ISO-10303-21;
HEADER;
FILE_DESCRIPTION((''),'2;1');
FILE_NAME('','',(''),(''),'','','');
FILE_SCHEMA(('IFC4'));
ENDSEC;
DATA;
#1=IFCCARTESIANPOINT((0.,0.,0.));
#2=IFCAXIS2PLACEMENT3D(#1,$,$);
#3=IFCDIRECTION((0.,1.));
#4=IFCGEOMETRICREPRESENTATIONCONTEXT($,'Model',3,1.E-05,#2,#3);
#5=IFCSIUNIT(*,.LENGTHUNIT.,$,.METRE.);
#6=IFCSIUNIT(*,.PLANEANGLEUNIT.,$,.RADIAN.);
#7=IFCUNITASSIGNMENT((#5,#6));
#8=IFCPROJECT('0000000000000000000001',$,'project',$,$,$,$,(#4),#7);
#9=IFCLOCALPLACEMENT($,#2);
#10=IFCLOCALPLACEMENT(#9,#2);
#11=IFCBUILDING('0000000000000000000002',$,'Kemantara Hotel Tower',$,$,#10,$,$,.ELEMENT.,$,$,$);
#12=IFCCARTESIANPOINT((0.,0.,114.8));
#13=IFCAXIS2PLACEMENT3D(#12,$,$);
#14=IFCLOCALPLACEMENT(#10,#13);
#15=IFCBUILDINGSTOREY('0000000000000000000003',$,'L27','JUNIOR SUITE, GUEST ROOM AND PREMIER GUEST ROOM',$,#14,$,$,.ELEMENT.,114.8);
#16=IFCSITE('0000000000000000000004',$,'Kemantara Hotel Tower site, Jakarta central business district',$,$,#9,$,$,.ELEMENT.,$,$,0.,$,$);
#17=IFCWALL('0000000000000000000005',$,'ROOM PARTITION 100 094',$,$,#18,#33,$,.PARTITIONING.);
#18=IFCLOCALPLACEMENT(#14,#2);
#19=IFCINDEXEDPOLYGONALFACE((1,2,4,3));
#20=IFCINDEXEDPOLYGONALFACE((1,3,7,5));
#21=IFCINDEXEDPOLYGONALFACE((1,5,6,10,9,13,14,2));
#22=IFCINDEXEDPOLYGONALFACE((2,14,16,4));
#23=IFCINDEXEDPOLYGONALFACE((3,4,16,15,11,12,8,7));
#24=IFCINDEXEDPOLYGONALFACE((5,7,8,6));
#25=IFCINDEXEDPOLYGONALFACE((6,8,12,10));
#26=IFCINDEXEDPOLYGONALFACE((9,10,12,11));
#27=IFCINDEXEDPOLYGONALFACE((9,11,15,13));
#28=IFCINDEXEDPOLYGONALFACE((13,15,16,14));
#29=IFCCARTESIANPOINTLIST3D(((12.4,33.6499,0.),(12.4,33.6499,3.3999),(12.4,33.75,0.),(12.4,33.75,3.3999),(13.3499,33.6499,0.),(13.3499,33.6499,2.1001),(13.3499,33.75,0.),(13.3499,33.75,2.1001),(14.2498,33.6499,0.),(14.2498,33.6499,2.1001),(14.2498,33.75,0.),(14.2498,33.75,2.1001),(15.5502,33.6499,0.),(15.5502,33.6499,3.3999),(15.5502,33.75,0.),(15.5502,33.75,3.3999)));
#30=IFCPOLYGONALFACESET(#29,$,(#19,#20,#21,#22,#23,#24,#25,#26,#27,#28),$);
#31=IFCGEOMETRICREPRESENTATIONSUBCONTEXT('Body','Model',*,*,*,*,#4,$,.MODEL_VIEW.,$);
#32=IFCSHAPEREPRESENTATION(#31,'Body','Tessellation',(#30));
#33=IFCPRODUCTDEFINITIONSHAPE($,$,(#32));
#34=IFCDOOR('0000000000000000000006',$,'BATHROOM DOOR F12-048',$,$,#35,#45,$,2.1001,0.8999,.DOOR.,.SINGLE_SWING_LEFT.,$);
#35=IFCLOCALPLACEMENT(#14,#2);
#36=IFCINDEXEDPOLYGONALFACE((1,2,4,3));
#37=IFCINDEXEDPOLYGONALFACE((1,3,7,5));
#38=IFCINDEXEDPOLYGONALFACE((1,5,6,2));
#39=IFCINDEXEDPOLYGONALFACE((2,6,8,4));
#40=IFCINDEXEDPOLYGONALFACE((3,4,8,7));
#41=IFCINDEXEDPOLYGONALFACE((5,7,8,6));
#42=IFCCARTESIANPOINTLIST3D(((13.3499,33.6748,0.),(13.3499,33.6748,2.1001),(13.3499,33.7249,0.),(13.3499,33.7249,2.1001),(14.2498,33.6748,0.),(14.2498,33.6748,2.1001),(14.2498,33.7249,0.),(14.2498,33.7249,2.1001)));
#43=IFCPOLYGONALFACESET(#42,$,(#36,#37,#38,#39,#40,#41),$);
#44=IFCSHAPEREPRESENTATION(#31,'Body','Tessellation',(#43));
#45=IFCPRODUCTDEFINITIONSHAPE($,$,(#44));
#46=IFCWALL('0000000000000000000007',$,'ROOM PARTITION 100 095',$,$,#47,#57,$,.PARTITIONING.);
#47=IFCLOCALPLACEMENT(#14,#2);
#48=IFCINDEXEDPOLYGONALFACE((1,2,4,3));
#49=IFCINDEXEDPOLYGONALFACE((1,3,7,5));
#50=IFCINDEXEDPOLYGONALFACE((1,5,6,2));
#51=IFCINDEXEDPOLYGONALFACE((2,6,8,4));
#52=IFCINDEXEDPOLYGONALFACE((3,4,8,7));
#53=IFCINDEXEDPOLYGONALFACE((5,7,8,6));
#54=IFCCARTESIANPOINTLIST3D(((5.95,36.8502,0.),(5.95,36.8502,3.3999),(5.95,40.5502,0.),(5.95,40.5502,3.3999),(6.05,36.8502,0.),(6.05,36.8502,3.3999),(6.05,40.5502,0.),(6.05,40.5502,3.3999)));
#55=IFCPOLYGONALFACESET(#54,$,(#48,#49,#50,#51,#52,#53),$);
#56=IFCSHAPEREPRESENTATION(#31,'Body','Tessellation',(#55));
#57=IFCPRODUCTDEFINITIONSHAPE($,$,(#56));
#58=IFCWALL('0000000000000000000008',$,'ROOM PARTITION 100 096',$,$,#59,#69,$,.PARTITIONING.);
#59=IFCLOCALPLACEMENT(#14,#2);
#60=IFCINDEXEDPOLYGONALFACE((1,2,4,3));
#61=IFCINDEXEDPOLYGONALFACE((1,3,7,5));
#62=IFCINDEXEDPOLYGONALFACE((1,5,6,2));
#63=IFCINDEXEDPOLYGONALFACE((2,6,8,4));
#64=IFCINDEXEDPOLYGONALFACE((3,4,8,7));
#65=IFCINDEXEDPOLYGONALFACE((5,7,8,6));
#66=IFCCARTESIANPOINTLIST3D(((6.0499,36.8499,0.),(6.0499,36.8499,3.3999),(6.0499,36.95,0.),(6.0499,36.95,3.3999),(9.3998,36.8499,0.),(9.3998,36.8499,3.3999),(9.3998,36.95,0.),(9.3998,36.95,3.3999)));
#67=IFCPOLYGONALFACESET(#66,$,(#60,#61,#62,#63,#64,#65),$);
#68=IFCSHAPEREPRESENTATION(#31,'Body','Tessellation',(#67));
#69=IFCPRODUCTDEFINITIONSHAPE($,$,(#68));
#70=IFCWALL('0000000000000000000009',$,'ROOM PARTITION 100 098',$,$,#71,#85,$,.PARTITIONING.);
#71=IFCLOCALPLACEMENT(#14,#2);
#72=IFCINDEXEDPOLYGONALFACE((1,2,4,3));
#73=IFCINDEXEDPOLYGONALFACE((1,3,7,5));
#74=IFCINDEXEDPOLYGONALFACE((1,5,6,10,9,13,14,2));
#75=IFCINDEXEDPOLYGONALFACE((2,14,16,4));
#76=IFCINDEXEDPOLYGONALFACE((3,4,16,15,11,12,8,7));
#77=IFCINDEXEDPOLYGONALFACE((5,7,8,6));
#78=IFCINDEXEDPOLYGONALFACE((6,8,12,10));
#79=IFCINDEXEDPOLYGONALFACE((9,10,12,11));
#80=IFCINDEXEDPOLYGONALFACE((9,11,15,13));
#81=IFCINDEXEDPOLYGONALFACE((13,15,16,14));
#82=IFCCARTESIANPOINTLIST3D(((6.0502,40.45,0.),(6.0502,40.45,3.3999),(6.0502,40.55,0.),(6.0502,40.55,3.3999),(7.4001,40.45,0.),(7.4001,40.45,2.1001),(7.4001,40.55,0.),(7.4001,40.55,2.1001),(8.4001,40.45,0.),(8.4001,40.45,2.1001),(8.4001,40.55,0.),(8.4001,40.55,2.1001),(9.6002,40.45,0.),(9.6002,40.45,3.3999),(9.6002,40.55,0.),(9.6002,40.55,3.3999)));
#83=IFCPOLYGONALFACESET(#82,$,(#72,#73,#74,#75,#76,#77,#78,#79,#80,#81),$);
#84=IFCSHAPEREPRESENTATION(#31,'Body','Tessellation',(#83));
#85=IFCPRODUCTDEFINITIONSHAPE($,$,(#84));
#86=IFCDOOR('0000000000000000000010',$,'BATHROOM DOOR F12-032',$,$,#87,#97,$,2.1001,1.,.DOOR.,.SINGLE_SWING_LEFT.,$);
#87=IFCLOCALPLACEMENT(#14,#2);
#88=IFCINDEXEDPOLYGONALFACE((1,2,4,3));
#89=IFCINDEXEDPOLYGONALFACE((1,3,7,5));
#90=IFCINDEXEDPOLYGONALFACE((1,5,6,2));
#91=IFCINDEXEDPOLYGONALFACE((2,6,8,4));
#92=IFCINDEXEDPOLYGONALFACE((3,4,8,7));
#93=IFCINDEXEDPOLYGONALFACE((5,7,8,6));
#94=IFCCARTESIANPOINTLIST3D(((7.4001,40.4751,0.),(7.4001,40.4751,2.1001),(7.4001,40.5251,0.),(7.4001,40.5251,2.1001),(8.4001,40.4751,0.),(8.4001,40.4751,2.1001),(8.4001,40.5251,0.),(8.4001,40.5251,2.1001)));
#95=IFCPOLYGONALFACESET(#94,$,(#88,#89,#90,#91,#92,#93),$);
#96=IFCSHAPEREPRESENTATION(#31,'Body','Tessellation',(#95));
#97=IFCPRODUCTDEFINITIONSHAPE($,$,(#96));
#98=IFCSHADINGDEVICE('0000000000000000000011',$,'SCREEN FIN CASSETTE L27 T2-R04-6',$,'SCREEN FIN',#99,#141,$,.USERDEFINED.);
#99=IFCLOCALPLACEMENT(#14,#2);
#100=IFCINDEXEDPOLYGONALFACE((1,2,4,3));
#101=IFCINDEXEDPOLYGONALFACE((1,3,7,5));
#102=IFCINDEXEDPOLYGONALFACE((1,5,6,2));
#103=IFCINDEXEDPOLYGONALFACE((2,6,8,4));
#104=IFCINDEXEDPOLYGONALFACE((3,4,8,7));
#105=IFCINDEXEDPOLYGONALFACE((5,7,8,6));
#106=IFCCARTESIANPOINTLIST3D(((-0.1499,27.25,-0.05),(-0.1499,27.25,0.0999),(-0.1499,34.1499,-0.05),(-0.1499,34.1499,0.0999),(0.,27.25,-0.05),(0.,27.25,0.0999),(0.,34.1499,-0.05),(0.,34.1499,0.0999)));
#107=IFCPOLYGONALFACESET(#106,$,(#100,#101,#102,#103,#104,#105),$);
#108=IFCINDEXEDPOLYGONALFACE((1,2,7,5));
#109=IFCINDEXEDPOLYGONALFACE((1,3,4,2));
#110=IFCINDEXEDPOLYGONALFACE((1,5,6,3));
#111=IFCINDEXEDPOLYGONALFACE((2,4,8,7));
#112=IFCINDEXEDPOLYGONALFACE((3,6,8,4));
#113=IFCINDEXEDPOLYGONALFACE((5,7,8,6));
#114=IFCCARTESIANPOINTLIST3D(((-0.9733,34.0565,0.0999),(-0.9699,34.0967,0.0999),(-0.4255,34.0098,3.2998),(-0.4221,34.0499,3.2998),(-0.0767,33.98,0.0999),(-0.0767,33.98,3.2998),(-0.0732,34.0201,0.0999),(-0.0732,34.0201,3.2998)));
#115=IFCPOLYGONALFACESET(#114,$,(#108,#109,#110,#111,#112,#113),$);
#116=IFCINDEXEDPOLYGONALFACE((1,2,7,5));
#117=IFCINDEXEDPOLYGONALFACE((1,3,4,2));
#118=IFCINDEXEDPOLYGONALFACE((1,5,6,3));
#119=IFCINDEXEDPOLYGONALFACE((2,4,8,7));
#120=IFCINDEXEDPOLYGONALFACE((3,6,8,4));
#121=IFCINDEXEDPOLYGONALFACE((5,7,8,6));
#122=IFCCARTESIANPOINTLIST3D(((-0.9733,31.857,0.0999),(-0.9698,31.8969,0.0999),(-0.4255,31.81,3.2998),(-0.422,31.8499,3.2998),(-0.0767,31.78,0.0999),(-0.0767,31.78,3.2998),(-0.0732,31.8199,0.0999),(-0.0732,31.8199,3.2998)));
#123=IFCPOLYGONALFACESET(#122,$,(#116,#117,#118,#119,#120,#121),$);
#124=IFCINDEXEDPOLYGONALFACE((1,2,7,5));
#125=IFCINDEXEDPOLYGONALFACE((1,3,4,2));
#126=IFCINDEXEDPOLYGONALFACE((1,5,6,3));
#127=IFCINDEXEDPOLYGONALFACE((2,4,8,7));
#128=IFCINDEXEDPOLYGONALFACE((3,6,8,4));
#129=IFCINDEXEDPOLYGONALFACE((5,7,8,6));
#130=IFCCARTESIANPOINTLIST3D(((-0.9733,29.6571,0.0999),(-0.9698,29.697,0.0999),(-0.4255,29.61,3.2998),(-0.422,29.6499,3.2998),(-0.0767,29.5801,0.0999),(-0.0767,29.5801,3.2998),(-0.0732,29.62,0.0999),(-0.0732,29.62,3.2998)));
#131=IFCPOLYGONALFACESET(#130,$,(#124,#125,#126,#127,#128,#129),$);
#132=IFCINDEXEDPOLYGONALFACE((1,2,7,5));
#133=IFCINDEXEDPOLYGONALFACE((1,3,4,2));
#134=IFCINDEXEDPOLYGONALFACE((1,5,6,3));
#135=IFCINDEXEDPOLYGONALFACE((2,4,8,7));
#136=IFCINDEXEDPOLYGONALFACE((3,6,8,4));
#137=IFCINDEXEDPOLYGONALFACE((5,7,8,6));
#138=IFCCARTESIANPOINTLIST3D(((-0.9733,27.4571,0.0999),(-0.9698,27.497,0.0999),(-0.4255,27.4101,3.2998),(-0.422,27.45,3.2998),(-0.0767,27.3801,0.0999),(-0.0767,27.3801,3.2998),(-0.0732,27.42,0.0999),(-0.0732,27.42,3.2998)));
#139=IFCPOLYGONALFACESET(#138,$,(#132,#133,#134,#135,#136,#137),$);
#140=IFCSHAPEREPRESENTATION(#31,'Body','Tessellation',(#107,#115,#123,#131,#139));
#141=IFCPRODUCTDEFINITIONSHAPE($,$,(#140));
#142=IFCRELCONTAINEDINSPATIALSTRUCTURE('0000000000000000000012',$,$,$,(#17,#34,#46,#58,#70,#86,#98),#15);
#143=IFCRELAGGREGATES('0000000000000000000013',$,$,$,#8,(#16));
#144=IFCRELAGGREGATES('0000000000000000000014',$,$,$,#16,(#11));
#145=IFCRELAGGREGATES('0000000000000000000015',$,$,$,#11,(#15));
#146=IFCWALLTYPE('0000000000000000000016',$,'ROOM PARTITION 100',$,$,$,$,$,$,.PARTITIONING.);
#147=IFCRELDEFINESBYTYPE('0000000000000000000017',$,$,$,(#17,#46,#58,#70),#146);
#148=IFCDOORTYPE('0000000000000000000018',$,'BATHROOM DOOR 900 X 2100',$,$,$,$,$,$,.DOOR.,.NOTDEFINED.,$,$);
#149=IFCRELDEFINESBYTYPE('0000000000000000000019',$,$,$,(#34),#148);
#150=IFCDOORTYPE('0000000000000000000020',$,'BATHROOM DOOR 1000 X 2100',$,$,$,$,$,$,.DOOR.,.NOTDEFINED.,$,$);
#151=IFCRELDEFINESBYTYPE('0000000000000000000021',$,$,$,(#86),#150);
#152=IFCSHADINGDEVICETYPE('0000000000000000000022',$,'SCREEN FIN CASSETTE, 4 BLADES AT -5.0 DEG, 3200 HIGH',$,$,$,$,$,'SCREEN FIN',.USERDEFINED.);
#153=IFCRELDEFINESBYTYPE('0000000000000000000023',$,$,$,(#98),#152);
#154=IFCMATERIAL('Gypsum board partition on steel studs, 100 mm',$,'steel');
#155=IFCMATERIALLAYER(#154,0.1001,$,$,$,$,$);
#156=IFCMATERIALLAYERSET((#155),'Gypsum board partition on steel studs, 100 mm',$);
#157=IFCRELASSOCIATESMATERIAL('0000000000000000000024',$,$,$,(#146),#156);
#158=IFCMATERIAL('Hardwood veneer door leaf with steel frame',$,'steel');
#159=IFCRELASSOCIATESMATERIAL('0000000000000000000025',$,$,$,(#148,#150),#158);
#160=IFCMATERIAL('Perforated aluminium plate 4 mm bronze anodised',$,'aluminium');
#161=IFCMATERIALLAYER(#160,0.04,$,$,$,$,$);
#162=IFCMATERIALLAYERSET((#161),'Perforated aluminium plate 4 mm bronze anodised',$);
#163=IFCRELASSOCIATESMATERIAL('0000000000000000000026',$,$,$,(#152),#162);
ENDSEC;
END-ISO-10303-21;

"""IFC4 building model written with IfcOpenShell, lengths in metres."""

from ifc_helpers import new_model, si_unit, direction, frame, frame_2d, origin, origin_2d, place, context, subcontext, project, spatial, polyline, rectangle, outline, extrude, source, transform, mapped, material, layer, layer_set, type_object, element, fill, save


model = new_model("IFC4")

# Units and contexts
model_context = context("Model", 3, precision=1e-05, world=origin(), true_north=direction((0.0, 1.0)))
body_context = subcontext(model_context, "Body", "Model", "MODEL_VIEW")
ifc_project = project(units=[si_unit("LENGTHUNIT", "METRE"), si_unit("PLANEANGLEUNIT", "RADIAN")], contexts=[model_context])

# Site, building, storey
site_placement = place(None, origin())
site = spatial("IfcSite", under=ifc_project, at=site_placement, Name="Kemantara Hotel Tower site, Jakarta central business district", CompositionType="ELEMENT", RefElevation=0.0)
building_placement = place(site_placement, origin())
building = spatial("IfcBuilding", under=site, at=building_placement, Name="Kemantara Hotel Tower", CompositionType="ELEMENT")
storey_placement = place(building_placement, frame((0.0, 0.0, 114.8)))
storey = spatial("IfcBuildingStorey", under=building, at=storey_placement, Name="L27", Description="JUNIOR SUITE, GUEST ROOM AND PREMIER GUEST ROOM", CompositionType="ELEMENT", Elevation=114.8)

# Shared definitions
ifc_material_1 = material(Name="Hardwood veneer door leaf with steel frame", Category="steel")

# Shared definitions
ifc_material_2 = material(Name="Gypsum board partition on steel studs, 100 mm", Category="steel")
ifc_layer_1 = layer(ifc_material_2, 0.1001)
ifc_layer_set_1 = layer_set([ifc_layer_1], Name="Gypsum board partition on steel studs, 100 mm")
wall_type_1 = type_object("IfcWallType", Name="ROOM PARTITION 100", PredefinedType="PARTITIONING", material=ifc_layer_set_1)

# Wall, opening, door
door_type_1 = type_object("IfcDoorType", Name="BATHROOM DOOR 900 X 2100", OperationType="NOTDEFINED", PredefinedType="DOOR", material=ifc_material_1)
wall_1_placement = place(storey_placement, frame((12.3999, 33.7, 0.0), z_axis=(0.0, 0.0, 1.0), x_axis=(1.0, 0.0, 0.0)))
wall_1 = element("IfcWall", 1, at=wall_1_placement, inside=storey, type_object=wall_type_1, Name="ROOM PARTITION 100 094", PredefinedType="PARTITIONING", context=body_context, shape_type="SweptSolid", body=[
    extrude(rectangle(XDim=3.1501, YDim=0.1001, at=frame_2d((1.5752, 0.0))), origin(), (0.0, 0.0, 1.0), 3.3999),
])
opening_1_placement = place(wall_1_placement, frame((0.95, 0.0, 0.0)))
opening_1 = element("IfcOpeningElement", 2, at=opening_1_placement, cuts=wall_1, PredefinedType="OPENING", context=body_context, shape_type="SweptSolid", body=[
    extrude(rectangle(XDim=0.8999, YDim=2.1001, at=frame_2d((0.45, 1.05))), frame((0.0, 0.0601, 0.0), z_axis=(0.0, -1.0, 0.0), x_axis=(1.0, 0.0, 0.0)), (0.0, 0.0, 1.0), 0.1201),
])
door_1_placement = place(opening_1_placement, origin())
door_1 = element("IfcDoor", 3, at=door_1_placement, inside=storey, type_object=door_type_1, Name="BATHROOM DOOR F12-048", OperationType="SINGLE_SWING_LEFT", OverallHeight=2.1001, OverallWidth=0.8999, PredefinedType="DOOR", context=body_context, shape_type="SweptSolid", body=[
    extrude(rectangle(XDim=0.8999, YDim=2.1001, at=frame_2d((0.45, 1.05))), frame((0.0, 0.0249, 0.0), z_axis=(0.0, -1.0, 0.0), x_axis=(1.0, 0.0, 0.0)), (0.0, 0.0, 1.0), 0.05),
])
fill(opening_1, door_1)

# Walls
wall_2_placement = place(storey_placement, frame((6.0, 36.8501, 0.0), z_axis=(0.0, 0.0, 1.0), x_axis=(0.0, 1.0, 0.0)))
element("IfcWall", 4, at=wall_2_placement, inside=storey, type_object=wall_type_1, Name="ROOM PARTITION 100 095", PredefinedType="PARTITIONING", context=body_context, shape_type="SweptSolid", body=[
    extrude(rectangle(XDim=3.7, YDim=0.1001, at=frame_2d((1.8501, 0.0))), origin(), (0.0, 0.0, 1.0), 3.3999),
])
wall_3_placement = place(storey_placement, frame((6.05, 36.8999, 0.0), z_axis=(0.0, 0.0, 1.0), x_axis=(1.0, 0.0, 0.0)))
element("IfcWall", 5, at=wall_3_placement, inside=storey, type_object=wall_type_1, Name="ROOM PARTITION 100 096", PredefinedType="PARTITIONING", context=body_context, shape_type="SweptSolid", body=[
    extrude(rectangle(XDim=3.3499, YDim=0.1001, at=frame_2d((1.6748, 0.0))), origin(), (0.0, 0.0, 1.0), 3.3999),
])

# Wall, opening, door
wall_4_placement = place(storey_placement, frame((9.6001, 40.5, 0.0), z_axis=(0.0, 0.0, 1.0), x_axis=(-1.0, 0.0, 0.0)))
wall_4 = element("IfcWall", 6, at=wall_4_placement, inside=storey, type_object=wall_type_1, Name="ROOM PARTITION 100 098", PredefinedType="PARTITIONING", context=body_context, shape_type="SweptSolid", body=[
    extrude(rectangle(XDim=3.55, YDim=0.1001, at=frame_2d((1.7749, 0.0))), origin(), (0.0, 0.0, 1.0), 3.3999),
])
opening_2_placement = place(wall_4_placement, frame((1.2, 0.0, 0.0)))
opening_2 = element("IfcOpeningElement", 7, at=opening_2_placement, cuts=wall_4, PredefinedType="OPENING", context=body_context, shape_type="SweptSolid", body=[
    extrude(rectangle(XDim=1.0, YDim=2.1001, at=frame_2d((0.5, 1.05))), frame((0.0, 0.0601, 0.0), z_axis=(0.0, -1.0, 0.0), x_axis=(1.0, 0.0, 0.0)), (0.0, 0.0, 1.0), 0.1201),
])
door_type_2 = type_object("IfcDoorType", Name="BATHROOM DOOR 1000 X 2100", OperationType="NOTDEFINED", PredefinedType="DOOR", material=ifc_material_1)
door_2_placement = place(opening_2_placement, origin())
door_2 = element("IfcDoor", 8, at=door_2_placement, inside=storey, type_object=door_type_2, Name="BATHROOM DOOR F12-032", OperationType="SINGLE_SWING_LEFT", OverallHeight=2.1001, OverallWidth=1.0, PredefinedType="DOOR", context=body_context, shape_type="SweptSolid", body=[
    extrude(rectangle(XDim=1.0, YDim=2.1001, at=frame_2d((0.5, 1.05))), frame((0.0, 0.0249, 0.0), z_axis=(0.0, -1.0, 0.0), x_axis=(1.0, 0.0, 0.0)), (0.0, 0.0, 1.0), 0.05),
])
fill(opening_2, door_2)

# Shading device
ifc_material_3 = material(Name="Perforated aluminium plate 4 mm bronze anodised", Category="aluminium")
ifc_layer_2 = layer(ifc_material_3, 0.04)
ifc_layer_set_2 = layer_set([ifc_layer_2], Name="Perforated aluminium plate 4 mm bronze anodised")
shading_device_type = type_object("IfcShadingDeviceType", Name="SCREEN FIN CASSETTE, 4 BLADES AT -5.0 DEG, 3200 HIGH", ElementType="SCREEN FIN", PredefinedType="USERDEFINED", material=ifc_layer_set_2)
shared_shape = source(origin(), body_context, "Body", "SweptSolid", [
    extrude(rectangle(XDim=6.8999, YDim=0.1499, at=origin_2d()), frame((3.3, -0.075, -0.1499), z_axis=(0.0, 0.0, 1.0), x_axis=(1.0, 0.0, 0.0)), (0.0, 0.0, 1.0), 0.1499),
    extrude(outline(polyline([(0.0, 0.0), (0.8999, 0.0), (0.3501, 3.2), (0.0, 3.2), (0.0, 0.0)])), frame((0.02, -0.0767, 0.0), z_axis=(-0.996376, 0.085056, 0.0), x_axis=(-0.085056, -0.996376, 0.0)), (0.0, 0.0, 1.0), 0.0403),
    extrude(outline(polyline([(0.0, 0.0), (0.8999, 0.0), (0.3501, 3.2), (0.0, 3.2), (0.0, 0.0)])), frame((2.22, -0.0767, 0.0), z_axis=(-0.996332, 0.085575, 0.0), x_axis=(-0.085575, -0.996332, 0.0)), (0.0, 0.0, 1.0), 0.04),
    extrude(outline(polyline([(0.0, 0.0), (0.8999, 0.0), (0.3501, 3.2), (0.0, 3.2), (0.0, 0.0)])), frame((4.4199, -0.0767, 0.0), z_axis=(-0.996332, 0.085575, 0.0), x_axis=(-0.085575, -0.996332, 0.0)), (0.0, 0.0, 1.0), 0.04),
    extrude(outline(polyline([(0.0, 0.0), (0.8999, 0.0), (0.3501, 3.2), (0.0, 3.2), (0.0, 0.0)])), frame((6.6199, -0.0767, 0.0), z_axis=(-0.996332, 0.085575, 0.0), x_axis=(-0.085575, -0.996332, 0.0)), (0.0, 0.0, 1.0), 0.04),
])
shading_device_placement = place(storey_placement, frame((0.0, 34.0, 0.0999), z_axis=(0.0, 0.0, 1.0), x_axis=(0.0, -1.0, 0.0)))
element("IfcShadingDevice", 9, at=shading_device_placement, inside=storey, type_object=shading_device_type, Name="SCREEN FIN CASSETTE L27 T2-R04-6", ObjectType="SCREEN FIN", PredefinedType="USERDEFINED", context=body_context, shape_type="MappedRepresentation", body=[
    mapped(shared_shape, transform((0.0, 0.0, 0.0))),
])

save(model, "model.ifc")
